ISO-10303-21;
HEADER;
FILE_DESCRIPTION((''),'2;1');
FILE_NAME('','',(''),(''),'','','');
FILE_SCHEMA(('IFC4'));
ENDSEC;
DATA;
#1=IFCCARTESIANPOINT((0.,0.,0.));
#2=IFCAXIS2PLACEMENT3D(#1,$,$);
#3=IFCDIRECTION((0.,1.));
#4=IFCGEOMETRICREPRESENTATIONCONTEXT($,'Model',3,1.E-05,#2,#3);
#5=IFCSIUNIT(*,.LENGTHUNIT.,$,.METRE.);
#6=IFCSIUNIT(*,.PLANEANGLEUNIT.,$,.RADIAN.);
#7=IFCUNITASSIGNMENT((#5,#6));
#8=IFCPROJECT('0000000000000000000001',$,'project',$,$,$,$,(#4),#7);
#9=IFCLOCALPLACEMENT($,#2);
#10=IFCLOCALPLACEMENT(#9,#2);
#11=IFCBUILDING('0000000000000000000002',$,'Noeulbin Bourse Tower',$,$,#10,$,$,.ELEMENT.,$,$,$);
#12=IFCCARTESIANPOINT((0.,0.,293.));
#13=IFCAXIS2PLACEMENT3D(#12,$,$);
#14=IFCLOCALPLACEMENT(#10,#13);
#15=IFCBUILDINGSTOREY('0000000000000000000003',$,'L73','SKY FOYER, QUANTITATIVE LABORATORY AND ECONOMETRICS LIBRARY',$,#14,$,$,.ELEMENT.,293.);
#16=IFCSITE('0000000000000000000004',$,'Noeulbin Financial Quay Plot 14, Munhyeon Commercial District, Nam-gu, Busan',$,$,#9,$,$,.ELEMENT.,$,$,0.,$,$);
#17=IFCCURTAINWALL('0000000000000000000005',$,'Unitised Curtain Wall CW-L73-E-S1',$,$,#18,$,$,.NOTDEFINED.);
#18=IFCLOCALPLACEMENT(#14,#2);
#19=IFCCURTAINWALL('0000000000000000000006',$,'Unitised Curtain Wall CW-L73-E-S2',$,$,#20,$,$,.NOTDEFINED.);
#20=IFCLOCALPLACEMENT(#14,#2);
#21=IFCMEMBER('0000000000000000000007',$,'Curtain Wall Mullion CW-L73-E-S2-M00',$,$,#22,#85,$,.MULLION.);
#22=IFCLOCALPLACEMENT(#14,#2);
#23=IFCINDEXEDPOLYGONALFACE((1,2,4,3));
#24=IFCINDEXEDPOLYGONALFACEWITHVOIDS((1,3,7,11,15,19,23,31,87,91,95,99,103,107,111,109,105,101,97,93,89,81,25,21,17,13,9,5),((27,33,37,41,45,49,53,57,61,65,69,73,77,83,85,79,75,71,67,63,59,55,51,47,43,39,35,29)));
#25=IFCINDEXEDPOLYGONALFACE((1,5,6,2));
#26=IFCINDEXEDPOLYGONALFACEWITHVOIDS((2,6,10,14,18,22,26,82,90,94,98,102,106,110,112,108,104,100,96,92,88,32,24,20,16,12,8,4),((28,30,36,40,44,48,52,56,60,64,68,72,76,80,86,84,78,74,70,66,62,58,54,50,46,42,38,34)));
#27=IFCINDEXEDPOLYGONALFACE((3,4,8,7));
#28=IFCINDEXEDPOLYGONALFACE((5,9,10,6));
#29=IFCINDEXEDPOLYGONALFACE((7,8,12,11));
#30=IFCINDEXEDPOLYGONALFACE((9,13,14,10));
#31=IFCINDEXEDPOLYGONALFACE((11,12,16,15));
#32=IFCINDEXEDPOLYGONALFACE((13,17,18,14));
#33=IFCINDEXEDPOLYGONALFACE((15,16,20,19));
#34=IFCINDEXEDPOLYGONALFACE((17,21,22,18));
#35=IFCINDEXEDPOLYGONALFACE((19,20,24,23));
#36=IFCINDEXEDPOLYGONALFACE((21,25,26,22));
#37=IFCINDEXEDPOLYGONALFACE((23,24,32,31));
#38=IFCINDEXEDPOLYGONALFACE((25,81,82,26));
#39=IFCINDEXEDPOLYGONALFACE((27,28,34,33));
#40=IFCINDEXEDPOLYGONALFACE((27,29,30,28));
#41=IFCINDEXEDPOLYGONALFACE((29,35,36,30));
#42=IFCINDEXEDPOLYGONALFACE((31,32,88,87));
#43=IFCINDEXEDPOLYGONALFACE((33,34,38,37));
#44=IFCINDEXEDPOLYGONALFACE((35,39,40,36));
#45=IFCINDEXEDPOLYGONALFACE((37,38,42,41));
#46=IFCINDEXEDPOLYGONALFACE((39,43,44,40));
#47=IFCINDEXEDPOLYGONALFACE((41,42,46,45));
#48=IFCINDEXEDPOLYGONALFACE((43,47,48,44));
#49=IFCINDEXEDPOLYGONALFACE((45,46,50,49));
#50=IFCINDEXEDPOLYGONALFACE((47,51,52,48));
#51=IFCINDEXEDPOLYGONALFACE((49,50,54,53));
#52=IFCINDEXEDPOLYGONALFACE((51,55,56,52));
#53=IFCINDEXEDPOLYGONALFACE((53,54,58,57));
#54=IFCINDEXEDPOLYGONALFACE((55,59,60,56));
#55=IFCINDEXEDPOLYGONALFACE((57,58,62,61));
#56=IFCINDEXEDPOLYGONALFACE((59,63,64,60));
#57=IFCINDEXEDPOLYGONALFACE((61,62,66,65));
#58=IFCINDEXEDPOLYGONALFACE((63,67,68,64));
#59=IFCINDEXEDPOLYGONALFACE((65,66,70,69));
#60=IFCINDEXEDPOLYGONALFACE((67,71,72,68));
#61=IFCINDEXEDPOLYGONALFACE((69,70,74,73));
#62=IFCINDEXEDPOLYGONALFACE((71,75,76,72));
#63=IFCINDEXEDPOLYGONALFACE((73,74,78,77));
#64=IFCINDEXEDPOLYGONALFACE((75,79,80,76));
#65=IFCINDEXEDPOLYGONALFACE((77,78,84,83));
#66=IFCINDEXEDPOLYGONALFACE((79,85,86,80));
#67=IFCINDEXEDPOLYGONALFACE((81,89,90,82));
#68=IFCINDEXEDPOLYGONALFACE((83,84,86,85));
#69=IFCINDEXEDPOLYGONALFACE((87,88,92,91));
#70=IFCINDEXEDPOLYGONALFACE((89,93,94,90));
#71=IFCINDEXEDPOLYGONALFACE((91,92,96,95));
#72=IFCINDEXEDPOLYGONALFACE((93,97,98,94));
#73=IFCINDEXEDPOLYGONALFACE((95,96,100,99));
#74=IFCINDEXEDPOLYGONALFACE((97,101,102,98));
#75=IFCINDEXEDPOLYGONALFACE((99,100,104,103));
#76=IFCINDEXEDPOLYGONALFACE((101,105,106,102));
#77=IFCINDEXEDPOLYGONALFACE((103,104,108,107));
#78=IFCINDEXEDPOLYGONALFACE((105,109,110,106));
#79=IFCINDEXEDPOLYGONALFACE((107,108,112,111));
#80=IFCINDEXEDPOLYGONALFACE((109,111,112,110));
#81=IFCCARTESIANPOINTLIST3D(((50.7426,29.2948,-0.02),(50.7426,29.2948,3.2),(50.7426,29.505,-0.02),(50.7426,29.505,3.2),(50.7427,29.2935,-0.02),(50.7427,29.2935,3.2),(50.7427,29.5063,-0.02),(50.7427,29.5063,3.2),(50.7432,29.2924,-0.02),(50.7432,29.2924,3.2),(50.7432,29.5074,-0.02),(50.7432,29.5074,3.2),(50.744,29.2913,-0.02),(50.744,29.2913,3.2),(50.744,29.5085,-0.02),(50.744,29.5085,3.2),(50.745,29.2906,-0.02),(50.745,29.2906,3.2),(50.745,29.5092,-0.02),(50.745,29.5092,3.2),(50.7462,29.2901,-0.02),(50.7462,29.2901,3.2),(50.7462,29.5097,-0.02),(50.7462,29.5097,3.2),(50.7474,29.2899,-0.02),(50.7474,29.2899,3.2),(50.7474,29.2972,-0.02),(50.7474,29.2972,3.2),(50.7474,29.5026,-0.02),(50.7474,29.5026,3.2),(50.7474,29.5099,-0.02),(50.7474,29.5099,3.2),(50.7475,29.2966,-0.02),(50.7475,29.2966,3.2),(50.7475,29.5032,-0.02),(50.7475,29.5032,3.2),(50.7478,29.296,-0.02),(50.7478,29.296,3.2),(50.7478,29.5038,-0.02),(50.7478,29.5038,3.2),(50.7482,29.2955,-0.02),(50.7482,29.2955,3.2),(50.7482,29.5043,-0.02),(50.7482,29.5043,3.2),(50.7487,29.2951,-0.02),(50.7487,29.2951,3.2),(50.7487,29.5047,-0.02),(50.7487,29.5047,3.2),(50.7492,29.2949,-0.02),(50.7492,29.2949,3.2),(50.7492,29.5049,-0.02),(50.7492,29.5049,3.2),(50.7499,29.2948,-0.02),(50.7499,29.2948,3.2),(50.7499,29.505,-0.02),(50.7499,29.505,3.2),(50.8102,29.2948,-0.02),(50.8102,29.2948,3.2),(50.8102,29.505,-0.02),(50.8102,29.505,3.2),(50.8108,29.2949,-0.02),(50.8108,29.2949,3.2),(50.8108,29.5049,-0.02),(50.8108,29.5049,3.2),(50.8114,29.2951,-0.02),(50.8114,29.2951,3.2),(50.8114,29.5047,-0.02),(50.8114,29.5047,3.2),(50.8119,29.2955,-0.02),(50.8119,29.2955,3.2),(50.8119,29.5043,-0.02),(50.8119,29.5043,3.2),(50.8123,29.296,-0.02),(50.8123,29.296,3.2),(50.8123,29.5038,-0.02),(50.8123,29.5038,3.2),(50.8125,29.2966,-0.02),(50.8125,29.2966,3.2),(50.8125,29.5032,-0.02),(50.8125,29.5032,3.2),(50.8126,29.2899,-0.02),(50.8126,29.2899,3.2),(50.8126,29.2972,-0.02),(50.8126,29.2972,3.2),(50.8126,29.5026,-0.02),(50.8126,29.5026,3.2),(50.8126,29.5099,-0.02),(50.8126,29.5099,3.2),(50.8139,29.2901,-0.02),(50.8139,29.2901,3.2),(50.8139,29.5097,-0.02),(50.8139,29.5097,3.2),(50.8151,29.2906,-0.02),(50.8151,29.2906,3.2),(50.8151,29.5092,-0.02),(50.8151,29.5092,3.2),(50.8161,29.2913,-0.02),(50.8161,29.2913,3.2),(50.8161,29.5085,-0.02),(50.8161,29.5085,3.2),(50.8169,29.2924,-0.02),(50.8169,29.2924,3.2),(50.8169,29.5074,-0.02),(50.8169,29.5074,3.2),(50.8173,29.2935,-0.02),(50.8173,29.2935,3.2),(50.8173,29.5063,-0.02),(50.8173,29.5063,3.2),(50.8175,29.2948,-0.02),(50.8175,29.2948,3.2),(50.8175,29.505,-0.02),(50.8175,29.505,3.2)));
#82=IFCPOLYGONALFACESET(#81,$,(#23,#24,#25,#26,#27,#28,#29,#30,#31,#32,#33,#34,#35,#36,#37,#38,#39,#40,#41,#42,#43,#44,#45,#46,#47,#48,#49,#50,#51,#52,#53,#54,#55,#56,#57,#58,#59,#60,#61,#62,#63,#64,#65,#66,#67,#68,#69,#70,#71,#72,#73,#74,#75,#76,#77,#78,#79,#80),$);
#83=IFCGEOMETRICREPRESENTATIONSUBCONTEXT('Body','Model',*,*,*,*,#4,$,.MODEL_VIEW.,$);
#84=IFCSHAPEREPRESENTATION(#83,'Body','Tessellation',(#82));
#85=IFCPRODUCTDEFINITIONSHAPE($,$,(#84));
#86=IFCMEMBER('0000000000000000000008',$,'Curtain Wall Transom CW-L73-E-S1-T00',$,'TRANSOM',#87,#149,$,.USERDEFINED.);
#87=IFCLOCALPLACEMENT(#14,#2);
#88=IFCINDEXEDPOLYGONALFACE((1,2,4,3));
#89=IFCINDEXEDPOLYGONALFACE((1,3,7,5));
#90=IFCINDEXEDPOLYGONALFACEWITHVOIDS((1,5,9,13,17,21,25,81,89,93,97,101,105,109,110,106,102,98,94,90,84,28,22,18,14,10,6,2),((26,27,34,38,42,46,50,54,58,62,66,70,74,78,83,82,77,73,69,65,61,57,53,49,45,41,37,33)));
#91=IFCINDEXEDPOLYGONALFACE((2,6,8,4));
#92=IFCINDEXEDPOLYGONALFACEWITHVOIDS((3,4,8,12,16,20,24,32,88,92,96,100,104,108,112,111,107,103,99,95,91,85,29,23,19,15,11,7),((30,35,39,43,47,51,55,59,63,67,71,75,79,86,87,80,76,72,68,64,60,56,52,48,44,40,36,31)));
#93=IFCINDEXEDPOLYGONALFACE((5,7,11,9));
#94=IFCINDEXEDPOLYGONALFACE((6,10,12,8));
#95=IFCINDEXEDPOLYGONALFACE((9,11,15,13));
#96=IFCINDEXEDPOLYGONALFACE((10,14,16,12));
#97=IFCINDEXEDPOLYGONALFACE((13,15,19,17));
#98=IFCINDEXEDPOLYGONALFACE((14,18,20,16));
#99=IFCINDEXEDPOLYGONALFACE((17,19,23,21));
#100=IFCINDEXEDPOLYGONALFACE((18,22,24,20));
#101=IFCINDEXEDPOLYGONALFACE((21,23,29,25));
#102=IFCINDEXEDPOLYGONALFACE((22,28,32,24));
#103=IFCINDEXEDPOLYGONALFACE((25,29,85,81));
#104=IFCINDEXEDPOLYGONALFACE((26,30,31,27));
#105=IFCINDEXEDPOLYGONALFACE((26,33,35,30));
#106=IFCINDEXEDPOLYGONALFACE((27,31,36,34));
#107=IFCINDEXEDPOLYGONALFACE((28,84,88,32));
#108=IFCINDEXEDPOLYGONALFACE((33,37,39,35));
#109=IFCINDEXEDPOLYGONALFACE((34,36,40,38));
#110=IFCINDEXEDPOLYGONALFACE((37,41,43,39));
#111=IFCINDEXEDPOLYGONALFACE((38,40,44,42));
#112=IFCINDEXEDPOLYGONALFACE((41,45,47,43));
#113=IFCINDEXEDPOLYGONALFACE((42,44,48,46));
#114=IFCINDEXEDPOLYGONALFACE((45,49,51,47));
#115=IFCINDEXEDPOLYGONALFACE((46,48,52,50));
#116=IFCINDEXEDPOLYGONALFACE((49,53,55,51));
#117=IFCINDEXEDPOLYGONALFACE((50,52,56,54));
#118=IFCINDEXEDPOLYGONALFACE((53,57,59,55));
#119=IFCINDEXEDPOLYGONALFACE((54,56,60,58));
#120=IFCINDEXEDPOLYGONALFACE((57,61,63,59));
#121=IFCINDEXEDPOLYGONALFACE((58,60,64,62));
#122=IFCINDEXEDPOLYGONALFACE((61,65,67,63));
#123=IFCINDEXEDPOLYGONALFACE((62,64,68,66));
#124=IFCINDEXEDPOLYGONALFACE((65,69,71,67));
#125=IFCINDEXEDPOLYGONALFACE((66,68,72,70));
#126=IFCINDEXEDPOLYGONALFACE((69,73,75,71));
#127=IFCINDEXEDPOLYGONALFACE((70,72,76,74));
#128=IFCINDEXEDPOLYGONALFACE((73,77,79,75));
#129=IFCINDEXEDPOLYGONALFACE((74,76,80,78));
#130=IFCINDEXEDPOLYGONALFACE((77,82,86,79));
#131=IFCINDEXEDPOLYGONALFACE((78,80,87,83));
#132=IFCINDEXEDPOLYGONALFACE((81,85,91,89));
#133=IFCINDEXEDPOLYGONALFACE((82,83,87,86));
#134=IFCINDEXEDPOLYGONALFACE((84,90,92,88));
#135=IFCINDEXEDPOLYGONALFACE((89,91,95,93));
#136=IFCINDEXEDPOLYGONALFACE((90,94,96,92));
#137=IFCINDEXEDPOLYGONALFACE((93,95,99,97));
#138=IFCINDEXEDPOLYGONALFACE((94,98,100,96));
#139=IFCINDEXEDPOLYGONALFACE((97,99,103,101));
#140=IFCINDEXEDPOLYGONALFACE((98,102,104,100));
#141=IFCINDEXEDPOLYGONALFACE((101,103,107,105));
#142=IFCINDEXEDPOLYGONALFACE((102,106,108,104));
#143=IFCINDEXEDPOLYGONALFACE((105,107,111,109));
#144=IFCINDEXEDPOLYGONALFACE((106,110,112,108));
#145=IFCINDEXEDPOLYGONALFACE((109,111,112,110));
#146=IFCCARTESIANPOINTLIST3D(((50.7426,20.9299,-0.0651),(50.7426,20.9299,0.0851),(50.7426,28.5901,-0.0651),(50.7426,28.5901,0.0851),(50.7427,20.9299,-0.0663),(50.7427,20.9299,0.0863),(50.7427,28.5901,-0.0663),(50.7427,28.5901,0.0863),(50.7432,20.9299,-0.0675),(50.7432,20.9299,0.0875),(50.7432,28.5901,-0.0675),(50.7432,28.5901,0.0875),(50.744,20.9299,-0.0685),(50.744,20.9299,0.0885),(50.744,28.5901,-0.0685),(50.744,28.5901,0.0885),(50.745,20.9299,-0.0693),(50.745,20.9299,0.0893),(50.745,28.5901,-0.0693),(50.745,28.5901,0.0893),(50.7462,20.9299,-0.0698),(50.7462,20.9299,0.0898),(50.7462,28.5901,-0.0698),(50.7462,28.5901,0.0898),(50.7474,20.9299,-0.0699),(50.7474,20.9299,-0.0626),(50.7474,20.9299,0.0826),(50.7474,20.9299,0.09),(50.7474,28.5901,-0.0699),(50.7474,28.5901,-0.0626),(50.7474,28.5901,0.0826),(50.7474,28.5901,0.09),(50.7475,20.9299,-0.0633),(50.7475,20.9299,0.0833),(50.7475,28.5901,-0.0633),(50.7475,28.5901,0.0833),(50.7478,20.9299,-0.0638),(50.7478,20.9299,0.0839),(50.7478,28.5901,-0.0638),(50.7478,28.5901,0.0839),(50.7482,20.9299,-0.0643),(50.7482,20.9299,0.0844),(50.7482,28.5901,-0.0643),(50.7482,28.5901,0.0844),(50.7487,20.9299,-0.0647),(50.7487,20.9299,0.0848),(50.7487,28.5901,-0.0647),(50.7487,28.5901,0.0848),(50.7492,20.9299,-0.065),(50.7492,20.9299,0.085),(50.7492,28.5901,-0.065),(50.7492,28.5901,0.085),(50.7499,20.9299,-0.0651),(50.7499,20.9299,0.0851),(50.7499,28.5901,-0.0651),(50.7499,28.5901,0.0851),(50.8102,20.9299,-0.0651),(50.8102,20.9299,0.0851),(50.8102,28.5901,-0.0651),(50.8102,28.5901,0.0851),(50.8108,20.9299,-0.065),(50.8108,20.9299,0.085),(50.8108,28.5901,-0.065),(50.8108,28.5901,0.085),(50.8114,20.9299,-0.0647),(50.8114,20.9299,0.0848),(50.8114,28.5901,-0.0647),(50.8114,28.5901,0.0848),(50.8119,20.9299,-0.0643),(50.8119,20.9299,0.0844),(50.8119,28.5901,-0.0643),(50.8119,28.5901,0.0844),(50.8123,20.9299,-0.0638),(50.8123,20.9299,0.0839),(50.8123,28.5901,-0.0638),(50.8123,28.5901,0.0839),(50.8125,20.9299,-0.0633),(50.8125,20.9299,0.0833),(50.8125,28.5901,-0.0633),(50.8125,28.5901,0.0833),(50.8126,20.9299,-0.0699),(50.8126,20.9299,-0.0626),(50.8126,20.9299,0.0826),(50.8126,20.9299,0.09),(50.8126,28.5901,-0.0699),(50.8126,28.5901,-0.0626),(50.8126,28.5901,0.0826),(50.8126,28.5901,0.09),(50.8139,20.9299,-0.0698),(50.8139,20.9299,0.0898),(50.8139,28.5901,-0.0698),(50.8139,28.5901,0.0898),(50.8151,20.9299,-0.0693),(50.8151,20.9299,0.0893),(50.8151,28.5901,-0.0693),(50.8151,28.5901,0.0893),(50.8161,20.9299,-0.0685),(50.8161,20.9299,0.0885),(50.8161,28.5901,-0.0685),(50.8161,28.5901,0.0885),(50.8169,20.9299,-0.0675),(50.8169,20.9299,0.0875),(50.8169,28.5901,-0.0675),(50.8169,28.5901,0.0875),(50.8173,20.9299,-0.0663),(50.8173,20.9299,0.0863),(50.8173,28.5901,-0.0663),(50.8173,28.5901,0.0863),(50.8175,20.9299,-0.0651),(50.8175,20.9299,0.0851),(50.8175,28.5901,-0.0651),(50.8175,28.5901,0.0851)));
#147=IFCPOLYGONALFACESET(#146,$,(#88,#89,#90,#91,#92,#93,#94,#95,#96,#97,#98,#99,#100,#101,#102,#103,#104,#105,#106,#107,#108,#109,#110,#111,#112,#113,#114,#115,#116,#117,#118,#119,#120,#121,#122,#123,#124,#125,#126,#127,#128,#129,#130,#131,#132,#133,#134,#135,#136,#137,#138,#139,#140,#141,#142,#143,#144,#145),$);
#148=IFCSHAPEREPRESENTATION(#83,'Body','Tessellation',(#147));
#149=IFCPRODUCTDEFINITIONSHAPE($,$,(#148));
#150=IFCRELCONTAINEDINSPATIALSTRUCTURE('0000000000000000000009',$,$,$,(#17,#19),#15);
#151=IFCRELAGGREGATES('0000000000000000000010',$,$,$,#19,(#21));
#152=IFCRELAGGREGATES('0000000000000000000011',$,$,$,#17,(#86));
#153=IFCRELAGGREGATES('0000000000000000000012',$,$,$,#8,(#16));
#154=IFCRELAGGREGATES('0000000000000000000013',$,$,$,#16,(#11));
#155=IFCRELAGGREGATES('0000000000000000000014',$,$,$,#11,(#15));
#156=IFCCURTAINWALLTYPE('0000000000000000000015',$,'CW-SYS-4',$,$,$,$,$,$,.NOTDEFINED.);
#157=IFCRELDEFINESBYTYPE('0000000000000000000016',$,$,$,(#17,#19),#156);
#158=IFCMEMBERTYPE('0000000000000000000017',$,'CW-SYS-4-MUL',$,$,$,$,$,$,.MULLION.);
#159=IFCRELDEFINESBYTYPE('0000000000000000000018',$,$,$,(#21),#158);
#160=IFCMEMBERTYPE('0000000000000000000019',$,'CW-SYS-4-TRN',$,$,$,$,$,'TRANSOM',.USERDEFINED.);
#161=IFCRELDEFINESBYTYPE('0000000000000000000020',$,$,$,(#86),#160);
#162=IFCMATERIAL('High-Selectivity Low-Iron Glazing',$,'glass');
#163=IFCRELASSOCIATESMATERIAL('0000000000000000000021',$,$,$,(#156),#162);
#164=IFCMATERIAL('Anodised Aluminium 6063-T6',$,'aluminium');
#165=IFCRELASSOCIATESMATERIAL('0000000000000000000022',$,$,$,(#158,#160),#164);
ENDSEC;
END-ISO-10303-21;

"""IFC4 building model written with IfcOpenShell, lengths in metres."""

from ifc_helpers import new_model, si_unit, direction, frame, origin, origin_2d, place, context, subcontext, project, spatial, hollow_rectangle, extrude, material, material_profile, profile_set, type_object, element, aggregate, save


model = new_model("IFC4")

# Units and contexts
model_context = context("Model", 3, precision=1e-05, world=origin(), true_north=direction((0.0, 1.0)))
body_context = subcontext(model_context, "Body", "Model", "MODEL_VIEW")
ifc_project = project(units=[si_unit("LENGTHUNIT", "METRE"), si_unit("PLANEANGLEUNIT", "RADIAN")], contexts=[model_context])

# Site, building, storey
site_placement = place(None, origin())
site = spatial("IfcSite", under=ifc_project, at=site_placement, Name="Noeulbin Financial Quay Plot 14, Munhyeon Commercial District, Nam-gu, Busan", CompositionType="ELEMENT", RefElevation=0.0)
building_placement = place(site_placement, origin())
building = spatial("IfcBuilding", under=site, at=building_placement, Name="Noeulbin Bourse Tower", CompositionType="ELEMENT")
storey_placement = place(building_placement, frame((0.0, 0.0, 293.0)))
storey = spatial("IfcBuildingStorey", under=building, at=storey_placement, Name="L73", Description="SKY FOYER, QUANTITATIVE LABORATORY AND ECONOMETRICS LIBRARY", CompositionType="ELEMENT", Elevation=293.0)

# Curtain wall
ifc_material_1 = material(Name="High-Selectivity Low-Iron Glazing", Category="glass")
curtain_wall_type = type_object("IfcCurtainWallType", Name="CW-SYS-4", PredefinedType="NOTDEFINED", material=ifc_material_1)
ifc_material_2 = material(Name="Anodised Aluminium 6063-T6", Category="aluminium")
ifc_material_profile_1 = material_profile(ifc_material_2, hollow_rectangle(XDim=0.075, YDim=0.22, WallThickness=0.0049, InnerFilletRadius=0.0024, OuterFilletRadius=0.0049, at=origin_2d()), Name="ALU-MULL-75x220x5", Category="LoadBearing")
ifc_profile_set_1 = profile_set([ifc_material_profile_1], Name="Anodised Aluminium 6063-T6")
member_type_1 = type_object("IfcMemberType", Name="CW-SYS-4-MUL", PredefinedType="MULLION", material=ifc_profile_set_1)
curtain_wall_1_placement = place(storey_placement, origin())
curtain_wall_1 = element("IfcCurtainWall", 1, at=curtain_wall_1_placement, inside=storey, type_object=curtain_wall_type, Name="Unitised Curtain Wall CW-L73-E-S1", PredefinedType="NOTDEFINED")

# Curtain wall, member
curtain_wall_2_placement = place(storey_placement, origin())
curtain_wall_2 = element("IfcCurtainWall", 2, at=curtain_wall_2_placement, inside=storey, type_object=curtain_wall_type, Name="Unitised Curtain Wall CW-L73-E-S2", PredefinedType="NOTDEFINED")
member_1_placement = place(storey_placement, frame((50.78, 29.3999, -0.02), z_axis=(0.0, 0.0, 1.0), x_axis=(1.0, 0.0, 0.0)))
member_1 = element("IfcMember", 3, at=member_1_placement, type_object=member_type_1, Name="Curtain Wall Mullion CW-L73-E-S2-M00", PredefinedType="MULLION", context=body_context, shape_type="SweptSolid", body=[
    extrude(hollow_rectangle(XDim=0.075, YDim=0.22, WallThickness=0.0049, InnerFilletRadius=0.0024, OuterFilletRadius=0.0049, at=origin_2d()), origin(), (0.0, 0.0, 1.0), 3.22),
])

# Member
ifc_material_profile_2 = material_profile(ifc_material_2, hollow_rectangle(XDim=0.075, YDim=0.1599, WallThickness=0.0049, InnerFilletRadius=0.0024, OuterFilletRadius=0.0049, at=origin_2d()), Name="ALU-TRAN-75x160x5", Category="LoadBearing")
ifc_profile_set_2 = profile_set([ifc_material_profile_2], Name="Anodised Aluminium 6063-T6")
member_type_2 = type_object("IfcMemberType", Name="CW-SYS-4-TRN", ElementType="TRANSOM", PredefinedType="USERDEFINED", material=ifc_profile_set_2)
member_2_placement = place(storey_placement, frame((50.78, 20.9299, 0.01), z_axis=(0.0, 1.0, 0.0), x_axis=(-1.0, 0.0, 0.0)))
member_2 = element("IfcMember", 4, at=member_2_placement, type_object=member_type_2, Name="Curtain Wall Transom CW-L73-E-S1-T00", ObjectType="TRANSOM", PredefinedType="USERDEFINED", context=body_context, shape_type="SweptSolid", body=[
    extrude(hollow_rectangle(XDim=0.075, YDim=0.1599, WallThickness=0.0049, InnerFilletRadius=0.0024, OuterFilletRadius=0.0049, at=origin_2d()), origin(), (0.0, 0.0, 1.0), 7.6602),
])
aggregate(curtain_wall_2, [member_1])

aggregate(curtain_wall_1, [member_2])

save(model, "model.ifc")
